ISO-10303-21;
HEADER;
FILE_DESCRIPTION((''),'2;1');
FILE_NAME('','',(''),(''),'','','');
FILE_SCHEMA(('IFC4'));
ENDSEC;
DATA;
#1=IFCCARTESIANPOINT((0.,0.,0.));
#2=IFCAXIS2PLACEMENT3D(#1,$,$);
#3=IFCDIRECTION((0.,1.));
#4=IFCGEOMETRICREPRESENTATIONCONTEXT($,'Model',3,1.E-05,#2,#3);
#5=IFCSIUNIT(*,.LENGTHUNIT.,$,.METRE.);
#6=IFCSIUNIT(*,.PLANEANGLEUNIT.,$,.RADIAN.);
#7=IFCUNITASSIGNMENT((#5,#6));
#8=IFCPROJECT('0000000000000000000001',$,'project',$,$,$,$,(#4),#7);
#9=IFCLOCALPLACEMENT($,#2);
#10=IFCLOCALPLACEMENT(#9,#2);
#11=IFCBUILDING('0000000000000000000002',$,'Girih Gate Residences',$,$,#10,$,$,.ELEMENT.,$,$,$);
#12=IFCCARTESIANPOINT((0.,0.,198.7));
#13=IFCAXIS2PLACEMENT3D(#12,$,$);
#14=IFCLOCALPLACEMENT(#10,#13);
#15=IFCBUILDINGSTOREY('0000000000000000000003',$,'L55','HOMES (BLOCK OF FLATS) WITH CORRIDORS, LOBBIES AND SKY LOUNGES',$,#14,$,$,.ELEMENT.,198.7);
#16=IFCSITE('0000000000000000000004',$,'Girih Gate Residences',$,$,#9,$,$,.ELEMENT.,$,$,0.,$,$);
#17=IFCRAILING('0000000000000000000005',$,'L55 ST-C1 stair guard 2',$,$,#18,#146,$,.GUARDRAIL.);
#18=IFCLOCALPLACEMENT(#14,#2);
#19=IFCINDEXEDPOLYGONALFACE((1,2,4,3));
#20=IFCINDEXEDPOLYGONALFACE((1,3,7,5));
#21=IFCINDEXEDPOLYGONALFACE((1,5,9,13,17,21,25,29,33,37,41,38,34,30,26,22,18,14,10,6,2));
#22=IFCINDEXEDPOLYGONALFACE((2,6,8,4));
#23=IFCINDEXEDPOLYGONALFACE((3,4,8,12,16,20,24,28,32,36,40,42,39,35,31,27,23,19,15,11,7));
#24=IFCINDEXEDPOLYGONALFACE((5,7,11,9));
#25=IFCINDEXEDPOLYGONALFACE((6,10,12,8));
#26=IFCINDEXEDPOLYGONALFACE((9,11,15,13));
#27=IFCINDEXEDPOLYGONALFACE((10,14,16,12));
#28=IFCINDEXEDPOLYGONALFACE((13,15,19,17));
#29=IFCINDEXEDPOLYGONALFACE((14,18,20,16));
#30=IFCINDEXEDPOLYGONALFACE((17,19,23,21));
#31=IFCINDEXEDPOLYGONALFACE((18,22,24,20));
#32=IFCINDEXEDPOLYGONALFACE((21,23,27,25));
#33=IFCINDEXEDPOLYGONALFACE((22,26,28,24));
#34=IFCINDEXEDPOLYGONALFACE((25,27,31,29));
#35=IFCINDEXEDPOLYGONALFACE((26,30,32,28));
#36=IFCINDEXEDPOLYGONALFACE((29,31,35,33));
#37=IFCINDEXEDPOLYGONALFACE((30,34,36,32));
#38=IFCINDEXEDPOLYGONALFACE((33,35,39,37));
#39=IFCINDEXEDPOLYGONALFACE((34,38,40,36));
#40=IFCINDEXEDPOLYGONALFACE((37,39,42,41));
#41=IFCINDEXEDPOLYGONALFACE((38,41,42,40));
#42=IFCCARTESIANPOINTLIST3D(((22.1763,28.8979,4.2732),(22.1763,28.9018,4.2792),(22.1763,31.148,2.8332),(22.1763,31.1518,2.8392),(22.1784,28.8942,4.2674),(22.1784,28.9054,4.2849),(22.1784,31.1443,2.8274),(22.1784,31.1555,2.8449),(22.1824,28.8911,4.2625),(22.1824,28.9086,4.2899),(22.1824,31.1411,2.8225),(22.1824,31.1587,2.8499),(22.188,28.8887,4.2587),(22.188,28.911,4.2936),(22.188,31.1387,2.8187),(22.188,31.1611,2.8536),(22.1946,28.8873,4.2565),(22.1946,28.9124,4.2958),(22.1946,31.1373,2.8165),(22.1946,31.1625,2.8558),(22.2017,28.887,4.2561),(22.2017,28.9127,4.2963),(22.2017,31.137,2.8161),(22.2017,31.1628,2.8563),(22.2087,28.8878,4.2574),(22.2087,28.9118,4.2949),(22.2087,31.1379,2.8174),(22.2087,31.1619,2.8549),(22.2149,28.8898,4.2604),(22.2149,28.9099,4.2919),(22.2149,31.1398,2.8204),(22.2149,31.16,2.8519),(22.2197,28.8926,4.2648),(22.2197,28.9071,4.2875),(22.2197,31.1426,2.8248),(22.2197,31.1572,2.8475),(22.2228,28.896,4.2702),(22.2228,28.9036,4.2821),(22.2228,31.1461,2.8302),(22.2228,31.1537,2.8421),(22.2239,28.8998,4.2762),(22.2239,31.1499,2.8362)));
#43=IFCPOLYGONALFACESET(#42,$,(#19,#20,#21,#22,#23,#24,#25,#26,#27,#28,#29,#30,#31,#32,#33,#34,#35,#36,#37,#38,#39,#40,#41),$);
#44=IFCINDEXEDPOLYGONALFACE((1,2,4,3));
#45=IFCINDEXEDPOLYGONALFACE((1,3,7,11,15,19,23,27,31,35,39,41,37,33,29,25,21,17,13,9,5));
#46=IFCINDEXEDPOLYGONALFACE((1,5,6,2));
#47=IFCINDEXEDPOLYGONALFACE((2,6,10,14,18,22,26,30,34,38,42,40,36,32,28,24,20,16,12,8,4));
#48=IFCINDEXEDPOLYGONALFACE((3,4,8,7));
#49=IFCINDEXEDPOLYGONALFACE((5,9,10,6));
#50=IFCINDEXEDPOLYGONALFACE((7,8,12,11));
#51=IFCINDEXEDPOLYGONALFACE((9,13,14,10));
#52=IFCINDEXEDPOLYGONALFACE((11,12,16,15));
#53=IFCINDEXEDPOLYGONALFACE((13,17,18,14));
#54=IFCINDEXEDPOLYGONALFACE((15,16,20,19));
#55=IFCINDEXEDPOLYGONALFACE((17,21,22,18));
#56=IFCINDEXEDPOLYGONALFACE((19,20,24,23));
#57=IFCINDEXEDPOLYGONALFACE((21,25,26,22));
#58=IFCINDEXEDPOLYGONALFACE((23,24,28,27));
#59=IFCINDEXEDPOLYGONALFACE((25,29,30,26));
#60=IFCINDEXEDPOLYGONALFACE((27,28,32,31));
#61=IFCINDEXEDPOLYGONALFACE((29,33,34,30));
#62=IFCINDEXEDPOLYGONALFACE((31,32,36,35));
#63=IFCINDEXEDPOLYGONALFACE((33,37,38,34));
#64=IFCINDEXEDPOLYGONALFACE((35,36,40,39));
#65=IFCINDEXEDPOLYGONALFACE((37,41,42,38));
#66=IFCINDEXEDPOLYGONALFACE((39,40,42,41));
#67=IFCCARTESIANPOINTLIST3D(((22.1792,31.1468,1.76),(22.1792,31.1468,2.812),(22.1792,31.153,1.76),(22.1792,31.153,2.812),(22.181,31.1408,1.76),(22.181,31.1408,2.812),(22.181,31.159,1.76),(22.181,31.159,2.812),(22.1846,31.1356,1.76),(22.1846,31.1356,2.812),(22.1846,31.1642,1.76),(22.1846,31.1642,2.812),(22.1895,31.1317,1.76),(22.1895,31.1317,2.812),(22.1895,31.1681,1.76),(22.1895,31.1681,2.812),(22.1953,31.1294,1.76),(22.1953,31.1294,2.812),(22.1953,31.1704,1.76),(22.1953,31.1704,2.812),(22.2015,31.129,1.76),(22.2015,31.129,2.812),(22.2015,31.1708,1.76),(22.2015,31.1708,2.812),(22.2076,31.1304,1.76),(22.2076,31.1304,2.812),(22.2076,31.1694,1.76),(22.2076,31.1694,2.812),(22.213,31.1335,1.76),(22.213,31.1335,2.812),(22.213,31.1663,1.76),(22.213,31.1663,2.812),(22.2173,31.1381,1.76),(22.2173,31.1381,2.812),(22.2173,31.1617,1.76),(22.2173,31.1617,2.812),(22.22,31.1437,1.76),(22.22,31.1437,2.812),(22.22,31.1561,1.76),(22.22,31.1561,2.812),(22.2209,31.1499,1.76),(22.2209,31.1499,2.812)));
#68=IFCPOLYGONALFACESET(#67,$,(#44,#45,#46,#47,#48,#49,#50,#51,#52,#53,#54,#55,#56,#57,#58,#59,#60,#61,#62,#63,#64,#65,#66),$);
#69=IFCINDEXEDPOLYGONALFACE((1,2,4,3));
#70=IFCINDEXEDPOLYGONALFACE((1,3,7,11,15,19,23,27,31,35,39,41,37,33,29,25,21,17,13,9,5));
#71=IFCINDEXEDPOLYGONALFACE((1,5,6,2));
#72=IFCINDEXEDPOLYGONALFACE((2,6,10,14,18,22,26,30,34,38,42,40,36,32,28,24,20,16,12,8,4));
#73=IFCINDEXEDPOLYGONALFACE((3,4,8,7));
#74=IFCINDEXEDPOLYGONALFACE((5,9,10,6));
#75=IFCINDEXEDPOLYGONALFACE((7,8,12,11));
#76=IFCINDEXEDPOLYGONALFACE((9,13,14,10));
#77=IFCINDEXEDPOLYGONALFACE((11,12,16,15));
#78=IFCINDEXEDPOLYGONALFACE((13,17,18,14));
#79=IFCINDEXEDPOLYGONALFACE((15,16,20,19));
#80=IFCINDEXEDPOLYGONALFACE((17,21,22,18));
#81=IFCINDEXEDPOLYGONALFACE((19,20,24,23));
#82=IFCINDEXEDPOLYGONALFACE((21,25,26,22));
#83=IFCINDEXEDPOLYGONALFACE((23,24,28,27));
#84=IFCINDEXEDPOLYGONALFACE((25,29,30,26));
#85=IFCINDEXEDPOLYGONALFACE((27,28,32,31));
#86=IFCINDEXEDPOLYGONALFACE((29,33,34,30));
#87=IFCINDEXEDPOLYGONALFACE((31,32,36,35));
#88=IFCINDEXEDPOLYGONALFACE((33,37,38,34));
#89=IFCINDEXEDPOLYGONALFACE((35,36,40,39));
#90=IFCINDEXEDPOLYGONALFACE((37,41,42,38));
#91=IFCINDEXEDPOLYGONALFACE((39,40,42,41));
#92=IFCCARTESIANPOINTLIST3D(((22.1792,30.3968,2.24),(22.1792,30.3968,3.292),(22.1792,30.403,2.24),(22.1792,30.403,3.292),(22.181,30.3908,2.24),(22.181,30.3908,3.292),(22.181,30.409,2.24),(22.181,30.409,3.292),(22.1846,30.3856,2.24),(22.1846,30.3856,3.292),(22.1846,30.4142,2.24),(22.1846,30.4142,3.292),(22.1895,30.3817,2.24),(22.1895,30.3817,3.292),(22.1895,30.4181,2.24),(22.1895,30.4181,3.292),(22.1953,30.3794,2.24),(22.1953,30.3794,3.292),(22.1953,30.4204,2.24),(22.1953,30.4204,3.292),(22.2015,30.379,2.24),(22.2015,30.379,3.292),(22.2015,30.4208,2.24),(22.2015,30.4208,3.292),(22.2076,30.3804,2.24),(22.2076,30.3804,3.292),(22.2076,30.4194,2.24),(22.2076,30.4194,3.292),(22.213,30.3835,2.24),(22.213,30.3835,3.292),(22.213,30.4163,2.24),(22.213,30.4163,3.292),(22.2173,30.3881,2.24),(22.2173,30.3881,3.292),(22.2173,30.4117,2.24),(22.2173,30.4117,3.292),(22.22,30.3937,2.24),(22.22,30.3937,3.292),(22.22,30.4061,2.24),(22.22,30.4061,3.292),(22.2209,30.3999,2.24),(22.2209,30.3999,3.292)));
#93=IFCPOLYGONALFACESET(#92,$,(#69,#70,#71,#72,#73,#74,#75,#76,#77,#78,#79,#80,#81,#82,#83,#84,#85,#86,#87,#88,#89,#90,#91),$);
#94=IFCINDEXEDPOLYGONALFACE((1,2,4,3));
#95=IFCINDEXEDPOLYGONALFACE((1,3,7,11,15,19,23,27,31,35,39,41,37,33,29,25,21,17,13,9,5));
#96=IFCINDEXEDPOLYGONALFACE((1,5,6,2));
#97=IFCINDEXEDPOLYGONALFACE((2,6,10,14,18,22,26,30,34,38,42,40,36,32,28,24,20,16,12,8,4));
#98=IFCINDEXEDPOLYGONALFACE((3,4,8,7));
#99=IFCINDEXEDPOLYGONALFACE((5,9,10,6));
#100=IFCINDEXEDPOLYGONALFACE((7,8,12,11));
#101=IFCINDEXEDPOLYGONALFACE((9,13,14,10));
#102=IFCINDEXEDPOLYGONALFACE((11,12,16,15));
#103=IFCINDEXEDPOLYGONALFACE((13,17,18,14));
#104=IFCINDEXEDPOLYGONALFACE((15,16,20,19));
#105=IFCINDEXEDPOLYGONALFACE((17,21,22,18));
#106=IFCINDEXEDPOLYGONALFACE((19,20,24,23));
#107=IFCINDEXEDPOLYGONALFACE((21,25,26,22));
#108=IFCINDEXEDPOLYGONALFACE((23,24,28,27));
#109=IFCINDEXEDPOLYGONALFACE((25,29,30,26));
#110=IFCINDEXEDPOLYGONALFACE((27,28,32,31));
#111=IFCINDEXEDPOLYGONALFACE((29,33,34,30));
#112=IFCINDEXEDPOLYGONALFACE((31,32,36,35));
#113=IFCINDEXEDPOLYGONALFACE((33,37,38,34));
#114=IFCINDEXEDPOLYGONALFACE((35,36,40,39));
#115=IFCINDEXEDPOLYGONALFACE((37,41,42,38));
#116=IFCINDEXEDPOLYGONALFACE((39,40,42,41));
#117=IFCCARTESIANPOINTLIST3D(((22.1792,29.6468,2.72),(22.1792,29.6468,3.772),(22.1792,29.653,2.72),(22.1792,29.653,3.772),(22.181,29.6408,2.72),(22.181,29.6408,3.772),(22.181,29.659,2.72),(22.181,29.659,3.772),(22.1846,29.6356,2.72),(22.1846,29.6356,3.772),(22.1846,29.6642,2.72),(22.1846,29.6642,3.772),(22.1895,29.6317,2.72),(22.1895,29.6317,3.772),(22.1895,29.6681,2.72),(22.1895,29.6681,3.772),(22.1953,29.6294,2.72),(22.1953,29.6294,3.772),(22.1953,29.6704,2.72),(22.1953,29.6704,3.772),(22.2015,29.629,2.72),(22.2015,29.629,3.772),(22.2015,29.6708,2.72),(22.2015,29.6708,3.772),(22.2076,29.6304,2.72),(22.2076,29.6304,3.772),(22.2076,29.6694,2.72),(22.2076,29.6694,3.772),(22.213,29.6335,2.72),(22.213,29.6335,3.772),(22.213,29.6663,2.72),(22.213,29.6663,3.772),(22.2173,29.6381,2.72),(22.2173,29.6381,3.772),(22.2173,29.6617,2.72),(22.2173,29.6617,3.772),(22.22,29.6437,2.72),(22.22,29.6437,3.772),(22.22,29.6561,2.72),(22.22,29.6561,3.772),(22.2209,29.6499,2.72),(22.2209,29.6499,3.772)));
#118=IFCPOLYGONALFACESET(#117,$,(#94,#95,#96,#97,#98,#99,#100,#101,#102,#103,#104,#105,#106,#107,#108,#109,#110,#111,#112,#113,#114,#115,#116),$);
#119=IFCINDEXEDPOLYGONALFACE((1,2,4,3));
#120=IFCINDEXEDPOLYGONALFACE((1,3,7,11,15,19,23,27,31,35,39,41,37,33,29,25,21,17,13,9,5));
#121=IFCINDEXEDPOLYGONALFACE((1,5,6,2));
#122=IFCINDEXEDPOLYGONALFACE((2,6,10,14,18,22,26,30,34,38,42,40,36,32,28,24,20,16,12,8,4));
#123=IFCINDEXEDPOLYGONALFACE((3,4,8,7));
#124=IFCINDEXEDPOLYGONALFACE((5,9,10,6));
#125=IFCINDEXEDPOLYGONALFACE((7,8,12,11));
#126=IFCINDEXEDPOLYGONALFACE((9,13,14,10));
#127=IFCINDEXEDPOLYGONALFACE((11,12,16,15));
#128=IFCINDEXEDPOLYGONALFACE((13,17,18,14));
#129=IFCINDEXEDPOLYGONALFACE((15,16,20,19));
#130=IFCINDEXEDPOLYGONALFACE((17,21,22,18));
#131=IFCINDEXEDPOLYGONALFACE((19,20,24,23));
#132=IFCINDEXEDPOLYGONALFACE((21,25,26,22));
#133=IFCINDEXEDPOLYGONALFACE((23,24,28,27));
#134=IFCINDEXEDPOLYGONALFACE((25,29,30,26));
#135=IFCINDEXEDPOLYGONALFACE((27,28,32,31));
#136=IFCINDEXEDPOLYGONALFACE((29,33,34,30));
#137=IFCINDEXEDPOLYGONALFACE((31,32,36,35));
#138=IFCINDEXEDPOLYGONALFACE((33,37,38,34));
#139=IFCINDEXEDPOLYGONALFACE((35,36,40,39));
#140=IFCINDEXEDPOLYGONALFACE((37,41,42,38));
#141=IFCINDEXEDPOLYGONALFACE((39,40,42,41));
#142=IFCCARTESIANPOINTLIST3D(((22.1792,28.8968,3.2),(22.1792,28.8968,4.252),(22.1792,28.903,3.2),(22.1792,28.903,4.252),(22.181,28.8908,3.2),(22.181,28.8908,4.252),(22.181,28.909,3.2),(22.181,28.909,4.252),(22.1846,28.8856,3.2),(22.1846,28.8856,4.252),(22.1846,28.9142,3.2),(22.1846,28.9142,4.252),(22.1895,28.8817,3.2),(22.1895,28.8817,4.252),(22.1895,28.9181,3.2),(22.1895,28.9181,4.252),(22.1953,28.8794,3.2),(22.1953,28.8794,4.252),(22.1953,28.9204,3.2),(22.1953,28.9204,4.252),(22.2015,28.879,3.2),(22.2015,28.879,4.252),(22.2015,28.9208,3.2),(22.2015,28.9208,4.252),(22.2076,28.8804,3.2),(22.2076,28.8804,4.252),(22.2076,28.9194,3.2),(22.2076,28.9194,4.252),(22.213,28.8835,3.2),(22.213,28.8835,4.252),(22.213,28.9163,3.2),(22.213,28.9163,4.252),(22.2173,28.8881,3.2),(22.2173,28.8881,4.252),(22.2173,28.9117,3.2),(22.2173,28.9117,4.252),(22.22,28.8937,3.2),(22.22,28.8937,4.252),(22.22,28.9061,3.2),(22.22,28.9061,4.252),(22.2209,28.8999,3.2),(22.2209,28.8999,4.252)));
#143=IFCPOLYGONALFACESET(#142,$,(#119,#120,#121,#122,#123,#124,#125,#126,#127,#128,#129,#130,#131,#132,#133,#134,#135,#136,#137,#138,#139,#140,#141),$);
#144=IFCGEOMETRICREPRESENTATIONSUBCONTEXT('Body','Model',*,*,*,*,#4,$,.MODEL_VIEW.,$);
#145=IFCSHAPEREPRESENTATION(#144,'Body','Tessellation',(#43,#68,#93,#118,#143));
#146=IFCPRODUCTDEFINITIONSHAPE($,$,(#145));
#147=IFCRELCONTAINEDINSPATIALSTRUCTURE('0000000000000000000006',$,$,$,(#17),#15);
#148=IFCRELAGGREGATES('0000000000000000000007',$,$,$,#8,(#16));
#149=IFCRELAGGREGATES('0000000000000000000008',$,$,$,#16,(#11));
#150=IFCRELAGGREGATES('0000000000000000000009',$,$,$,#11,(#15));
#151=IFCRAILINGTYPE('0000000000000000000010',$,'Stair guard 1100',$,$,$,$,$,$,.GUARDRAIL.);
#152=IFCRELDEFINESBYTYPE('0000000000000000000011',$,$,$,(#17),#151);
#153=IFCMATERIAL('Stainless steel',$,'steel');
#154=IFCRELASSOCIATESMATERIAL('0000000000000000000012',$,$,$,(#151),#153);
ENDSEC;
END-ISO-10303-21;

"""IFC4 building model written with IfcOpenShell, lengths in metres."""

from ifc_helpers import new_model, si_unit, direction, frame, origin, origin_2d, place, context, subcontext, project, spatial, circle, extrude, material, type_object, element, save


model = new_model("IFC4")

# Units and contexts
model_context = context("Model", 3, precision=1e-05, world=origin(), true_north=direction((0.0, 1.0)))
body_context = subcontext(model_context, "Body", "Model", "MODEL_VIEW")
ifc_project = project(units=[si_unit("LENGTHUNIT", "METRE"), si_unit("PLANEANGLEUNIT", "RADIAN")], contexts=[model_context])

# Site, building, storey
site_placement = place(None, origin())
site = spatial("IfcSite", under=ifc_project, at=site_placement, Name="Girih Gate Residences", CompositionType="ELEMENT", RefElevation=0.0)
building_placement = place(site_placement, origin())
building = spatial("IfcBuilding", under=site, at=building_placement, Name="Girih Gate Residences", CompositionType="ELEMENT")
storey_placement = place(building_placement, frame((0.0, 0.0, 198.7)))
storey = spatial("IfcBuildingStorey", under=building, at=storey_placement, Name="L55", Description="HOMES (BLOCK OF FLATS) WITH CORRIDORS, LOBBIES AND SKY LOUNGES", CompositionType="ELEMENT", Elevation=198.7)

# Railing
ifc_material_1 = material(Name="Stainless steel", Category="steel")
railing_type_1 = type_object("IfcRailingType", Name="Stair guard 1100", PredefinedType="GUARDRAIL", material=ifc_material_1)
railing_1_placement = place(storey_placement, frame((22.2, 31.1499, 1.76)))
element("IfcRailing", 1, at=railing_1_placement, inside=storey, type_object=railing_type_1, Name="L55 ST-C1 stair guard 2", PredefinedType="GUARDRAIL", context=body_context, shape_type="SweptSolid", body=[
    extrude(circle(Radius=0.0239, at=origin_2d()), frame((0.0, 0.0, 1.0762), z_axis=(0.0, -0.842281, 0.539038), x_axis=(1.0, 0.0, 0.0)), (0.0, 0.0, 1.0), 2.6714),
    extrude(circle(Radius=0.021, at=origin_2d()), origin(), (0.0, 0.0, 1.0), 1.052),
    extrude(circle(Radius=0.021, at=origin_2d()), frame((0.0, -0.75, 0.48)), (0.0, 0.0, 1.0), 1.052),
    extrude(circle(Radius=0.021, at=origin_2d()), frame((0.0, -1.5, 0.96)), (0.0, 0.0, 1.0), 1.052),
    extrude(circle(Radius=0.021, at=origin_2d()), frame((0.0, -2.25, 1.4399)), (0.0, 0.0, 1.0), 1.052),
])

save(model, "model.ifc")
